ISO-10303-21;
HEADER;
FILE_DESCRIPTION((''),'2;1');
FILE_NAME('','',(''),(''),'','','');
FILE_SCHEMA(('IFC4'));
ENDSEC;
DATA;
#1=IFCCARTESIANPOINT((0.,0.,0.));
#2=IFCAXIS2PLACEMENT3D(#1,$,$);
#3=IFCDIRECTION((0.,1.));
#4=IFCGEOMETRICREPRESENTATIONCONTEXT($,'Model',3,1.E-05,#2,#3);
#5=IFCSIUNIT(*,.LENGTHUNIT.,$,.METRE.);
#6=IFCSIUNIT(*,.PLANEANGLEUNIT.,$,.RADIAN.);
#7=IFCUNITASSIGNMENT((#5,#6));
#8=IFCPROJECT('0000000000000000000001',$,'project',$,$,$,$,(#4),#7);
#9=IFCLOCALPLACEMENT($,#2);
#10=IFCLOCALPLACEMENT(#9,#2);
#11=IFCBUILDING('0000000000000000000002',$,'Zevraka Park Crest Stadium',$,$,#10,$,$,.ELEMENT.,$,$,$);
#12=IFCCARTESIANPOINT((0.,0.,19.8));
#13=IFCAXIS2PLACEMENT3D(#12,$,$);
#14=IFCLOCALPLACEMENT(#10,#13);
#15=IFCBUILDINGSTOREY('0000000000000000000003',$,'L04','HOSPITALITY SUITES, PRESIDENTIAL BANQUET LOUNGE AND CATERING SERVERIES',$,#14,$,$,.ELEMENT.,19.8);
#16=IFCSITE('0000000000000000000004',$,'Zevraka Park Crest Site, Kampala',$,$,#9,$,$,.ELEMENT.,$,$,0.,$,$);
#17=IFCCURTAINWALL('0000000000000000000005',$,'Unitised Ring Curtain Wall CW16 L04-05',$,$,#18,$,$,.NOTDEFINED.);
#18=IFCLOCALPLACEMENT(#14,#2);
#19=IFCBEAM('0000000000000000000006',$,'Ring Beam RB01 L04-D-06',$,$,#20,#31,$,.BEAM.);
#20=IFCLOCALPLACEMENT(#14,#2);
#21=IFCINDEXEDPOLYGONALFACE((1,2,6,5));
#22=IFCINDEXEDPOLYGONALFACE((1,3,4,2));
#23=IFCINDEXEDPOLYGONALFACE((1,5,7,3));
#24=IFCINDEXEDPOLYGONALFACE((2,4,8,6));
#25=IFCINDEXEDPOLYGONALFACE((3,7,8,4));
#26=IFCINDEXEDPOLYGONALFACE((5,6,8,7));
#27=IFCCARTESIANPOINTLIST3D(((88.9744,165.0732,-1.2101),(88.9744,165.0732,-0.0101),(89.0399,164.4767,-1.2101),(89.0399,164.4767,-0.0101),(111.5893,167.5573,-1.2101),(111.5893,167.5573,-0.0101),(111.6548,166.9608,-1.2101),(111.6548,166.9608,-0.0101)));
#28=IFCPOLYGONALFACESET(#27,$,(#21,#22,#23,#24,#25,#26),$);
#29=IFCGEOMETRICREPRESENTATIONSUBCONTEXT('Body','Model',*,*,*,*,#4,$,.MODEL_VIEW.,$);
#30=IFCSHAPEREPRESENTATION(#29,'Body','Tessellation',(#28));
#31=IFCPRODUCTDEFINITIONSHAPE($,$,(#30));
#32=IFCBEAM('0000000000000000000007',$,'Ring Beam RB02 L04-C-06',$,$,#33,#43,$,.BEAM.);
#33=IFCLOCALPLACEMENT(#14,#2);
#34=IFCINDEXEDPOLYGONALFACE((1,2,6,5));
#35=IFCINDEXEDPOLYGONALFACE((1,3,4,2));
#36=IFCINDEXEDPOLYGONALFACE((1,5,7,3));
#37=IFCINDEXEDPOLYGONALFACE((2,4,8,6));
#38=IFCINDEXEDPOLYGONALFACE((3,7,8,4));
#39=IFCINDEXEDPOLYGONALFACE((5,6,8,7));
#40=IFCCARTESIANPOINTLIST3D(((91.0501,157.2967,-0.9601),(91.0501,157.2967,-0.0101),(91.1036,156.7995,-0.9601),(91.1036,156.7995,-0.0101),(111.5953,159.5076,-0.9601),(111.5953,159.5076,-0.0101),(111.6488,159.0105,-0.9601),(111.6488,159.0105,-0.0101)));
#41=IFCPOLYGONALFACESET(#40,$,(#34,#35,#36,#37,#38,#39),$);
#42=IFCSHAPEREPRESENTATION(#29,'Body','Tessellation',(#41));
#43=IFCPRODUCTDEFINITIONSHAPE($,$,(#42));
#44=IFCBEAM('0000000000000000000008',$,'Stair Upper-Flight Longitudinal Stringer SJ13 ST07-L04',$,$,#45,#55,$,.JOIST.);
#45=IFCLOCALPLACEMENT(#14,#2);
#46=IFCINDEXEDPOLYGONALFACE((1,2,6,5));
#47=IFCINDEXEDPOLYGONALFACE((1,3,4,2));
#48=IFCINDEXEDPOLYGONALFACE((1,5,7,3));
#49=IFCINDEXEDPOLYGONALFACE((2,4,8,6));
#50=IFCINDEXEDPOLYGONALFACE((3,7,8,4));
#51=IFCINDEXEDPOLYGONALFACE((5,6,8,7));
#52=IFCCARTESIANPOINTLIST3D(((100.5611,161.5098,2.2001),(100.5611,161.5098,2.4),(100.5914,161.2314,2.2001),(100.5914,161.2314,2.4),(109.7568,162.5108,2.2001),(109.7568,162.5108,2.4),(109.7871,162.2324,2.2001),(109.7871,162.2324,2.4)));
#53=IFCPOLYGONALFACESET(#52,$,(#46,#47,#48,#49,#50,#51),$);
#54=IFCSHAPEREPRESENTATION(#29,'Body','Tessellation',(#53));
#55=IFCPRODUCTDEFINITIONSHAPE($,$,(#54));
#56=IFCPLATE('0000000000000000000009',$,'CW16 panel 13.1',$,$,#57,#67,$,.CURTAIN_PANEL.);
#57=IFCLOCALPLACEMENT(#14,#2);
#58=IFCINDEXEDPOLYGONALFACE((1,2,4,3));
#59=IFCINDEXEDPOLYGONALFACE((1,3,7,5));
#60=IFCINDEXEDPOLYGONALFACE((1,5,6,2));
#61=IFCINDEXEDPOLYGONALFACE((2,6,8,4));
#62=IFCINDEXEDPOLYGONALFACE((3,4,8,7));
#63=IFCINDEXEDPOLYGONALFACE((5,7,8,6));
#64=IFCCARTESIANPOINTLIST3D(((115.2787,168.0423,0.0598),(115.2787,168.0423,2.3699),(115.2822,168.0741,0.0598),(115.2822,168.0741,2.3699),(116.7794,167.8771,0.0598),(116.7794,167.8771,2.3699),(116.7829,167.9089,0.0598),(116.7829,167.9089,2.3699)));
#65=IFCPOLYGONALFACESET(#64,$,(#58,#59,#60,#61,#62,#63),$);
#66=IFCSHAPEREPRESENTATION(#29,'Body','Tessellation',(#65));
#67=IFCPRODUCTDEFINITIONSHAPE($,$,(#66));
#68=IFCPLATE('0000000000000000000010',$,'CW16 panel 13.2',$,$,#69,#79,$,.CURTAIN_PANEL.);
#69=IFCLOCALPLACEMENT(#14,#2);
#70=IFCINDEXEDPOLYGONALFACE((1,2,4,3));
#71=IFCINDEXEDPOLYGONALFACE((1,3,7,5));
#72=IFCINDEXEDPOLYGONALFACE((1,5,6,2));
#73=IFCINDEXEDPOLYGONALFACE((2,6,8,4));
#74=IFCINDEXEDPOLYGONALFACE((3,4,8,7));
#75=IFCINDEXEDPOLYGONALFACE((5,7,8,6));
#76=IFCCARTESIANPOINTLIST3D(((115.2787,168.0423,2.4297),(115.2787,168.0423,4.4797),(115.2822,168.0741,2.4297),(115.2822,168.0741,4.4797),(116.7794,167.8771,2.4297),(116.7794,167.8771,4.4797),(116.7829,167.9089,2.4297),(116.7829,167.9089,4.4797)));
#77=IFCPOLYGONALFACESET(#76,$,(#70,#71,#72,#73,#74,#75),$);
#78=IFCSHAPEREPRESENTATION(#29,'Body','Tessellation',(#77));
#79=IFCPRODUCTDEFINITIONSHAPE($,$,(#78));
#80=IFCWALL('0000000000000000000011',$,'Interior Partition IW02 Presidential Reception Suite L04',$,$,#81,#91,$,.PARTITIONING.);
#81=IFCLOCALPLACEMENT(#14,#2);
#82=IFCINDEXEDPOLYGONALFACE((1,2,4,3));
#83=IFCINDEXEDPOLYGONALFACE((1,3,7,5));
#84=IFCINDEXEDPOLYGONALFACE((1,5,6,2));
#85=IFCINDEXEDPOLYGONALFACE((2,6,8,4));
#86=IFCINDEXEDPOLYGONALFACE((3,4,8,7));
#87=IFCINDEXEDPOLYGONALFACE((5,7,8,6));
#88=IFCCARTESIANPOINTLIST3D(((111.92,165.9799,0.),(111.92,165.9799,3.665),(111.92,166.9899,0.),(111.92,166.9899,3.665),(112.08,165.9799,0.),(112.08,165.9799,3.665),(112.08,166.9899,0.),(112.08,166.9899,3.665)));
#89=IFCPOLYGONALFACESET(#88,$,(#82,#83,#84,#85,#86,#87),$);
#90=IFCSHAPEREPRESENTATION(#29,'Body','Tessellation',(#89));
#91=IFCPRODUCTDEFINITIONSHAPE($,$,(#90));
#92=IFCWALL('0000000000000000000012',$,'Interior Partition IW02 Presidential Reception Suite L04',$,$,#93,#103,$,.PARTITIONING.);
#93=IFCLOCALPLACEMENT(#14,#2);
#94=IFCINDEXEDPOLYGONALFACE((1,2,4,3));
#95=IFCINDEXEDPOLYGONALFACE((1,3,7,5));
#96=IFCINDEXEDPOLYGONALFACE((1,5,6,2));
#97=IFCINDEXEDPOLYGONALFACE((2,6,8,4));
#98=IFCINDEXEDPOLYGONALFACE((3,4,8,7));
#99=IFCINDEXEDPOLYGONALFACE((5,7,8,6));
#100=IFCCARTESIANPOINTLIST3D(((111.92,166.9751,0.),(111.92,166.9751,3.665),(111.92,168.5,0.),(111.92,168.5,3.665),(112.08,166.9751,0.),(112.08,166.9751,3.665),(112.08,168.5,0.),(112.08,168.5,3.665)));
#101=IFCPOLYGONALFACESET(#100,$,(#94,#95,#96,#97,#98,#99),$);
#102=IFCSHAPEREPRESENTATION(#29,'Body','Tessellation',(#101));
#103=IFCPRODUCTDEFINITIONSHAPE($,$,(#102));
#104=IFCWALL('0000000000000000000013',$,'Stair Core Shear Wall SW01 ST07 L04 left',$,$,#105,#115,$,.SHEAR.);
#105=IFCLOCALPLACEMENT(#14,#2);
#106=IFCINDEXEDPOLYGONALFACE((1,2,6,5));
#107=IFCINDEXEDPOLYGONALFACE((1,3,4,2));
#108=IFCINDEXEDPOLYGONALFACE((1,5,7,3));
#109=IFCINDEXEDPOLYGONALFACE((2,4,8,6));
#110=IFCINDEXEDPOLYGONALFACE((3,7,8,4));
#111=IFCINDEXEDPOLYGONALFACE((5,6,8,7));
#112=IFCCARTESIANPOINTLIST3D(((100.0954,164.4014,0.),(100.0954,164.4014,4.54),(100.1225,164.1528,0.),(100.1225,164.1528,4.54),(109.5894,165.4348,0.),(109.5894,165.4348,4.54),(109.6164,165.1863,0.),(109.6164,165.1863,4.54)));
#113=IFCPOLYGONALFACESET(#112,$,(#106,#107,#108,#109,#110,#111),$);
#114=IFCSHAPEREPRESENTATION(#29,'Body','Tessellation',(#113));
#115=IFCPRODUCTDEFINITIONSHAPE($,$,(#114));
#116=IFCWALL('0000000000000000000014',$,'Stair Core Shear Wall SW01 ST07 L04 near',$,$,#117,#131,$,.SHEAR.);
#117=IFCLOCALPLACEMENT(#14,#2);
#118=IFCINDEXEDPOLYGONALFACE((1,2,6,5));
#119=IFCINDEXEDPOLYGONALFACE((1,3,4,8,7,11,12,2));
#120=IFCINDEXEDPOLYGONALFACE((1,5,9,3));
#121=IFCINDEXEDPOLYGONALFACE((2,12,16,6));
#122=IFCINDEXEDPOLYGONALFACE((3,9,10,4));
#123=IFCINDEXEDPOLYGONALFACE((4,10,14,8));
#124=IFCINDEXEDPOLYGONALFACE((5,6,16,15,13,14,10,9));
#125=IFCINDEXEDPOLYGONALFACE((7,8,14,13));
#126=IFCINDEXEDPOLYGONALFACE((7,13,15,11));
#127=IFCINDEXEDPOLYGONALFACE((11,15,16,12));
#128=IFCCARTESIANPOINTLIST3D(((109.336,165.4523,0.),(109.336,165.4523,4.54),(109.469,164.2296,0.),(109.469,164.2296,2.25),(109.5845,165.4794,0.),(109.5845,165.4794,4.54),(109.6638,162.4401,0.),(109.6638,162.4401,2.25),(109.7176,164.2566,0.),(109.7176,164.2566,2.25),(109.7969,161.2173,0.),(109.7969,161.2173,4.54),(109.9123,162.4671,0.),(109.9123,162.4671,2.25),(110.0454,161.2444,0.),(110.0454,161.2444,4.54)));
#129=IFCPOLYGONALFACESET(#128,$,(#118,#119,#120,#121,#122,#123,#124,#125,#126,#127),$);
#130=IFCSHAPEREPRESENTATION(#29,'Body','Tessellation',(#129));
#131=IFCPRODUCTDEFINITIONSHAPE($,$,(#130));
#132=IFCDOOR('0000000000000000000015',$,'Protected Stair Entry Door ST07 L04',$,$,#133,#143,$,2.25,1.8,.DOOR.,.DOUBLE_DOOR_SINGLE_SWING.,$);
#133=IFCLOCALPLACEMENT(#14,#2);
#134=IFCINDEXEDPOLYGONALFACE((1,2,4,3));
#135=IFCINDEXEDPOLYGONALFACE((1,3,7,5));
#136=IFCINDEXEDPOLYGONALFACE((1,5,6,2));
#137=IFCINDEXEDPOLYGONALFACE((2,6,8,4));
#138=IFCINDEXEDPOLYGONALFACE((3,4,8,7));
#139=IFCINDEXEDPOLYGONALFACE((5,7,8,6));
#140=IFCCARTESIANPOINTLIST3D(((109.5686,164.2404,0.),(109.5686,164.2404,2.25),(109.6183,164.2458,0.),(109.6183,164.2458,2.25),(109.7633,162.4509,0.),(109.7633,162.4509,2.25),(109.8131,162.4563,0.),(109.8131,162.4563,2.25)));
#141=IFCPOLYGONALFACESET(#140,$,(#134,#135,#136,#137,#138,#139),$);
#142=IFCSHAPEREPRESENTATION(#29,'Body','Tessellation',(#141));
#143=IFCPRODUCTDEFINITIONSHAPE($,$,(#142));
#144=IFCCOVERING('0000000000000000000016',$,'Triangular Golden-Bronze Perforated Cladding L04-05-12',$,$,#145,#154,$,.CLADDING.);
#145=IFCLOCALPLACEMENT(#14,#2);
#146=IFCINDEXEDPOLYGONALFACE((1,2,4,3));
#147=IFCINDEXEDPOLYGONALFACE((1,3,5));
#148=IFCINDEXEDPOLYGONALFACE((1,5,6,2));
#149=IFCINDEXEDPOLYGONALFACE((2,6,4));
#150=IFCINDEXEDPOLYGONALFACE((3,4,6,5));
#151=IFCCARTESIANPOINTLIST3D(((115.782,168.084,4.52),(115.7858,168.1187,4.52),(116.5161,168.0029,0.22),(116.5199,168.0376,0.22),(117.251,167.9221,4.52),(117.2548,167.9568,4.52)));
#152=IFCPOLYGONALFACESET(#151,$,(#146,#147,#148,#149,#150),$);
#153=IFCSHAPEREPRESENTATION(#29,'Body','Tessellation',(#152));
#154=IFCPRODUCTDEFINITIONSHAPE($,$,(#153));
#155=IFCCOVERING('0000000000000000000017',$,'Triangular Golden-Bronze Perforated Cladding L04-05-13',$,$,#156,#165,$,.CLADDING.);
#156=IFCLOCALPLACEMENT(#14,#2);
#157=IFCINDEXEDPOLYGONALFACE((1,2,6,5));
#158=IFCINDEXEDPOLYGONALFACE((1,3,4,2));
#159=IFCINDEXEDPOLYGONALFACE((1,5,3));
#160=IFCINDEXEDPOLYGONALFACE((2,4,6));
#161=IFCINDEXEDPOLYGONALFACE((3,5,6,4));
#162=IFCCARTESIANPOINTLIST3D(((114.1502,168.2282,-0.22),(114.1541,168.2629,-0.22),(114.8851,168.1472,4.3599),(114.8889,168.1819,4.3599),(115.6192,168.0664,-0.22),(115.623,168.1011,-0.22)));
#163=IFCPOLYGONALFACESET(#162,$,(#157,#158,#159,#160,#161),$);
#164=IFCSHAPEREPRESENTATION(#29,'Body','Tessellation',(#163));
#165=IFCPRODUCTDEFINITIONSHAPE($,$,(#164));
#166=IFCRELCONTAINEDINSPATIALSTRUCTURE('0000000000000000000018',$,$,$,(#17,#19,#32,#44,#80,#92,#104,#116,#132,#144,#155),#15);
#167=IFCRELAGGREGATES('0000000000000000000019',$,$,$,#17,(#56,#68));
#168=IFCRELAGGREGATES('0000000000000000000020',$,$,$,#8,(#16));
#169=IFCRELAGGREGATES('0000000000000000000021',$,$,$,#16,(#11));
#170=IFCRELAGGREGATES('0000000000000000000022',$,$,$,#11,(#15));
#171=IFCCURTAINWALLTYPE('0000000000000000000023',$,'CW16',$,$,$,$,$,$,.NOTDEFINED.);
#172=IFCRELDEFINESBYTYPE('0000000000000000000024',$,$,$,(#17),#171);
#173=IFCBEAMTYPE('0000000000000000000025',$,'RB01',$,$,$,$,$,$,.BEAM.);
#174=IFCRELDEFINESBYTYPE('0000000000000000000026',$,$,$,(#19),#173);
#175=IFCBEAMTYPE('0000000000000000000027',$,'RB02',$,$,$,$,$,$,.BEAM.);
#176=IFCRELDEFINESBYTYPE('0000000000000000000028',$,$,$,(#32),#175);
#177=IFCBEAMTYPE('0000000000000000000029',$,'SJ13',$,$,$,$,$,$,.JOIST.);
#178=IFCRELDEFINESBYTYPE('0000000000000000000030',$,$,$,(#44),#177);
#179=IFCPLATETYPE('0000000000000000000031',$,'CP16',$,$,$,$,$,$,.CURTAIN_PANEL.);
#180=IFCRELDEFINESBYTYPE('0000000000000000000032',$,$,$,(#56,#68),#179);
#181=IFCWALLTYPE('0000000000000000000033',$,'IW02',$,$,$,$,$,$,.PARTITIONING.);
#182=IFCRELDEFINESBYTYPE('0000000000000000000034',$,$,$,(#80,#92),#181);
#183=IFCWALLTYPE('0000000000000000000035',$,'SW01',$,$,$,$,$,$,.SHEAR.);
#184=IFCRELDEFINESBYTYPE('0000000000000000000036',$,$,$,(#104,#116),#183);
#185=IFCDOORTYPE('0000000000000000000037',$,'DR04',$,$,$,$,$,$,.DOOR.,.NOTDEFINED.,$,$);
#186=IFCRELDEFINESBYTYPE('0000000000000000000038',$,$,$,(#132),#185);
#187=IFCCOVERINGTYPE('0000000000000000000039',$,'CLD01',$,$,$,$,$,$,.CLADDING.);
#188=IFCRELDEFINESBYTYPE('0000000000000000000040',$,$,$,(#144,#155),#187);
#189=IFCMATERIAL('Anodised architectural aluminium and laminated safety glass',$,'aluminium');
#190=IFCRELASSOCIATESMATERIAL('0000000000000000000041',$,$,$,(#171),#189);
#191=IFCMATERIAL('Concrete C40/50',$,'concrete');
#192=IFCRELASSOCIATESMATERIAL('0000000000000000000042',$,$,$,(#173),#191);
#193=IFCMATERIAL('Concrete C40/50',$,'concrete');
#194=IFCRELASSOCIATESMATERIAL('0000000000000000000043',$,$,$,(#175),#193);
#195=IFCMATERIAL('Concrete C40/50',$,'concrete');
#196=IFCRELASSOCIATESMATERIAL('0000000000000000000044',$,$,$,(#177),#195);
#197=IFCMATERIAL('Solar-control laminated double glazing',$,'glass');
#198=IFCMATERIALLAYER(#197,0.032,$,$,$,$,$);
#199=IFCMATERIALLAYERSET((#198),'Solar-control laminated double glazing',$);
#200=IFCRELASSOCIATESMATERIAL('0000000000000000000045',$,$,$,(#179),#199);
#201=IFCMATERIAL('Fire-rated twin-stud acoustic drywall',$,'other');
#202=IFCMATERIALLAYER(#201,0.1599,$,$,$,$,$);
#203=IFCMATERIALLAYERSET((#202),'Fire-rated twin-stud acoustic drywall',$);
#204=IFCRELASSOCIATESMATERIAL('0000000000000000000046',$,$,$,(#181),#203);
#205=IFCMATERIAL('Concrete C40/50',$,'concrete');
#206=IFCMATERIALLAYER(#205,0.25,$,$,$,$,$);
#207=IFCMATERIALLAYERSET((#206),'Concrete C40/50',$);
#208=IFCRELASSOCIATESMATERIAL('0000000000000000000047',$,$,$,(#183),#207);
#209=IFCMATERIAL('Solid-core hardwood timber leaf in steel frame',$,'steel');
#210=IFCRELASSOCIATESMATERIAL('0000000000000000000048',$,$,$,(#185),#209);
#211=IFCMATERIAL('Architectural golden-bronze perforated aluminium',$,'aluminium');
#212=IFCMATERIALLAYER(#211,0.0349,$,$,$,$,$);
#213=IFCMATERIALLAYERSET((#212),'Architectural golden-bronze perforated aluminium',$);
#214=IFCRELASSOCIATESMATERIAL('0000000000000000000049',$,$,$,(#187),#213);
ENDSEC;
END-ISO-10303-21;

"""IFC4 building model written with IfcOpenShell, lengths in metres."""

from ifc_helpers import new_model, si_unit, direction, frame, frame_2d, origin, origin_2d, place, context, subcontext, project, spatial, polyline, rectangle, outline, extrude, material, layer, layer_set, material_profile, profile_set, type_object, element, fill, aggregate, save


model = new_model("IFC4")

# Units and contexts
model_context = context("Model", 3, precision=1e-05, world=origin(), true_north=direction((0.0, 1.0)))
body_context = subcontext(model_context, "Body", "Model", "MODEL_VIEW")
ifc_project = project(units=[si_unit("LENGTHUNIT", "METRE"), si_unit("PLANEANGLEUNIT", "RADIAN")], contexts=[model_context])

# Site, building, storey
site_placement = place(None, origin())
site = spatial("IfcSite", under=ifc_project, at=site_placement, Name="Zevraka Park Crest Site, Kampala", CompositionType="ELEMENT", RefElevation=0.0)
building_placement = place(site_placement, origin())
building = spatial("IfcBuilding", under=site, at=building_placement, Name="Zevraka Park Crest Stadium", CompositionType="ELEMENT")
storey_placement = place(building_placement, frame((0.0, 0.0, 19.8)))
storey = spatial("IfcBuildingStorey", under=building, at=storey_placement, Name="L04", Description="HOSPITALITY SUITES, PRESIDENTIAL BANQUET LOUNGE AND CATERING SERVERIES", CompositionType="ELEMENT", Elevation=19.8)

# Curtain wall
ifc_material_1 = material(Name="Anodised architectural aluminium and laminated safety glass", Category="aluminium")
curtain_wall_type = type_object("IfcCurtainWallType", Name="CW16", PredefinedType="NOTDEFINED", material=ifc_material_1)
curtain_wall_placement = place(storey_placement, origin())
curtain_wall = element("IfcCurtainWall", 1, at=curtain_wall_placement, inside=storey, type_object=curtain_wall_type, Name="Unitised Ring Curtain Wall CW16 L04-05", PredefinedType="NOTDEFINED")

# Beams
ifc_material_2 = material(Name="Concrete C40/50", Category="concrete")
ifc_material_profile_1 = material_profile(ifc_material_2, rectangle(XDim=0.6001, YDim=1.2, at=origin_2d()), Name="RC 1200x600")
ifc_profile_set_1 = profile_set([ifc_material_profile_1], Name="Concrete C40/50")
beam_type_1 = type_object("IfcBeamType", Name="RB01", PredefinedType="BEAM", material=ifc_profile_set_1)
beam_1_placement = place(storey_placement, frame((111.6221, 167.259, -0.6101), z_axis=(-0.994021, -0.109188, 0.0), x_axis=(0.109188, -0.994021, 0.0)))
element("IfcBeam", 2, at=beam_1_placement, inside=storey, type_object=beam_type_1, Name="Ring Beam RB01 L04-D-06", PredefinedType="BEAM", context=body_context, shape_type="SweptSolid", body=[
    extrude(rectangle(XDim=0.6001, YDim=1.2, at=origin_2d()), origin(), (0.0, 0.0, 1.0), 22.751),
])
ifc_material_3 = material(Name="Concrete C40/50", Category="concrete")
ifc_material_profile_2 = material_profile(ifc_material_3, rectangle(XDim=0.5, YDim=0.95, at=origin_2d()), Name="RC 950x500")
ifc_profile_set_2 = profile_set([ifc_material_profile_2], Name="Concrete C40/50")
beam_type_2 = type_object("IfcBeamType", Name="RB02", PredefinedType="BEAM", material=ifc_profile_set_2)
beam_2_placement = place(storey_placement, frame((111.6221, 159.259, -0.4851), z_axis=(-0.994259, -0.106996, 0.0), x_axis=(0.106996, -0.994259, 0.0)))
element("IfcBeam", 3, at=beam_2_placement, inside=storey, type_object=beam_type_2, Name="Ring Beam RB02 L04-C-06", PredefinedType="BEAM", context=body_context, shape_type="SweptSolid", body=[
    extrude(rectangle(XDim=0.5, YDim=0.95, at=origin_2d()), origin(), (0.0, 0.0, 1.0), 20.6638),
])
ifc_material_4 = material(Name="Concrete C40/50", Category="concrete")
ifc_material_profile_3 = material_profile(ifc_material_4, rectangle(XDim=0.28, YDim=0.2, at=origin_2d()), Name="RC 200x280")
ifc_profile_set_3 = profile_set([ifc_material_profile_3], Name="Concrete C40/50")
beam_type_3 = type_object("IfcBeamType", Name="SJ13", PredefinedType="JOIST", material=ifc_profile_set_3)
beam_3_placement = place(storey_placement, frame((109.772, 162.3716, 2.3), z_axis=(-0.994128, -0.108212, 0.0), x_axis=(0.108212, -0.994128, 0.0)))
element("IfcBeam", 4, at=beam_3_placement, inside=storey, type_object=beam_type_3, Name="Stair Upper-Flight Longitudinal Stringer SJ13 ST07-L04", PredefinedType="JOIST", context=body_context, shape_type="SweptSolid", body=[
    extrude(rectangle(XDim=0.28, YDim=0.2, at=origin_2d()), origin(), (0.0, 0.0, 1.0), 9.25),
])

# Plates
ifc_material_5 = material(Name="Solar-control laminated double glazing", Category="glass")
ifc_layer_1 = layer(ifc_material_5, 0.032)
ifc_layer_set_1 = layer_set([ifc_layer_1], Name="Solar-control laminated double glazing")
plate_type = type_object("IfcPlateType", Name="CP16", PredefinedType="CURTAIN_PANEL", material=ifc_layer_set_1)
plate_1_placement = place(storey_placement, frame((116.0308, 167.9756, 0.0598), z_axis=(0.0, 0.0, 1.0), x_axis=(-0.993997, 0.109406, 0.0)))
plate_1 = element("IfcPlate", 5, at=plate_1_placement, type_object=plate_type, Name="CW16 panel 13.1", PredefinedType="CURTAIN_PANEL", context=body_context, shape_type="SweptSolid", body=[
    extrude(rectangle(XDim=1.5098, YDim=0.032, at=origin_2d()), origin(), (0.0, 0.0, 1.0), 2.3101),
])
plate_2_placement = place(storey_placement, frame((116.0308, 167.9756, 2.4297), z_axis=(0.0, 0.0, 1.0), x_axis=(-0.993997, 0.109406, 0.0)))
plate_2 = element("IfcPlate", 6, at=plate_2_placement, type_object=plate_type, Name="CW16 panel 13.2", PredefinedType="CURTAIN_PANEL", context=body_context, shape_type="SweptSolid", body=[
    extrude(rectangle(XDim=1.5098, YDim=0.032, at=origin_2d()), origin(), (0.0, 0.0, 1.0), 2.05),
])
aggregate(curtain_wall, [plate_1, plate_2])

# Walls
ifc_material_6 = material(Name="Fire-rated twin-stud acoustic drywall", Category="other")
ifc_layer_2 = layer(ifc_material_6, 0.1599)
ifc_layer_set_2 = layer_set([ifc_layer_2], Name="Fire-rated twin-stud acoustic drywall")
wall_type_1 = type_object("IfcWallType", Name="IW02", PredefinedType="PARTITIONING", material=ifc_layer_set_2)
wall_1_placement = place(storey_placement, frame((112.0, 165.98, 0.0), z_axis=(0.0, 0.0, 1.0), x_axis=(0.0, 1.0, 0.0)))
element("IfcWall", 7, at=wall_1_placement, inside=storey, type_object=wall_type_1, Name="Interior Partition IW02 Presidential Reception Suite L04", PredefinedType="PARTITIONING", context=body_context, shape_type="SweptSolid", body=[
    extrude(rectangle(XDim=1.01, YDim=0.1599, at=frame_2d((0.5049, 0.0))), origin(), (0.0, 0.0, 1.0), 3.665),
])
wall_2_placement = place(storey_placement, frame((112.0, 166.9751, 0.0), z_axis=(0.0, 0.0, 1.0), x_axis=(0.0, 1.0, 0.0)))
element("IfcWall", 8, at=wall_2_placement, inside=storey, type_object=wall_type_1, Name="Interior Partition IW02 Presidential Reception Suite L04", PredefinedType="PARTITIONING", context=body_context, shape_type="SweptSolid", body=[
    extrude(rectangle(XDim=1.5249, YDim=0.1599, at=frame_2d((0.7625, 0.0))), origin(), (0.0, 0.0, 1.0), 3.665),
])
ifc_material_7 = material(Name="Concrete C40/50", Category="concrete")
ifc_layer_3 = layer(ifc_material_7, 0.25)
ifc_layer_set_3 = layer_set([ifc_layer_3], Name="Concrete C40/50")
wall_type_2 = type_object("IfcWallType", Name="SW01", PredefinedType="SHEAR", material=ifc_layer_set_3)
wall_3_placement = place(storey_placement, frame((109.6028, 165.3105, 0.0), z_axis=(0.0, 0.0, 1.0), x_axis=(-0.994128, -0.108215, 0.0)))
element("IfcWall", 9, at=wall_3_placement, inside=storey, type_object=wall_type_2, Name="Stair Core Shear Wall SW01 ST07 L04 left", PredefinedType="SHEAR", context=body_context, shape_type="SweptSolid", body=[
    extrude(rectangle(XDim=9.55, YDim=0.25, at=frame_2d((4.7749, 0.0))), origin(), (0.0, 0.0, 1.0), 4.54),
])

# Wall, opening, door
wall_4_placement = place(storey_placement, frame((109.9211, 161.231, 0.0), z_axis=(0.0, 0.0, 1.0), x_axis=(-0.108198, 0.994129, 0.0)))
wall_4 = element("IfcWall", 10, at=wall_4_placement, inside=storey, type_object=wall_type_2, Name="Stair Core Shear Wall SW01 ST07 L04 near", PredefinedType="SHEAR", context=body_context, shape_type="SweptSolid", body=[
    extrude(rectangle(XDim=4.26, YDim=0.25, at=frame_2d((2.1299, 0.0))), origin(), (0.0, 0.0, 1.0), 4.54),
])
opening_placement = place(wall_4_placement, frame((1.23, 0.0, 0.0)))
opening = element("IfcOpeningElement", 11, at=opening_placement, cuts=wall_4, PredefinedType="OPENING", context=body_context, shape_type="SweptSolid", body=[
    extrude(rectangle(XDim=1.8, YDim=2.25, at=frame_2d((0.8999, 1.125))), frame((0.0, 0.135, 0.0), z_axis=(0.0, -1.0, 0.0), x_axis=(1.0, 0.0, 0.0)), (0.0, 0.0, 1.0), 0.27),
])
ifc_material_8 = material(Name="Solid-core hardwood timber leaf in steel frame", Category="steel")
door_type = type_object("IfcDoorType", Name="DR04", OperationType="NOTDEFINED", PredefinedType="DOOR", material=ifc_material_8)
door_placement = place(opening_placement, origin())
door = element("IfcDoor", 12, at=door_placement, inside=storey, type_object=door_type, Name="Protected Stair Entry Door ST07 L04", OperationType="DOUBLE_DOOR_SINGLE_SWING", OverallHeight=2.25, OverallWidth=1.8, PredefinedType="DOOR", context=body_context, shape_type="SweptSolid", body=[
    extrude(rectangle(XDim=1.8, YDim=2.25, at=frame_2d((0.8999, 1.125))), frame((0.0, 0.0249, 0.0), z_axis=(0.0, -1.0, 0.0), x_axis=(1.0, 0.0, 0.0)), (0.0, 0.0, 1.0), 0.05),
])
fill(opening, door)

# Coverings
ifc_material_9 = material(Name="Architectural golden-bronze perforated aluminium", Category="aluminium")
ifc_layer_4 = layer(ifc_material_9, 0.0349)
ifc_layer_set_4 = layer_set([ifc_layer_4], Name="Architectural golden-bronze perforated aluminium")
covering_type = type_object("IfcCoveringType", Name="CLD01", PredefinedType="CLADDING", material=ifc_layer_set_4)
covering_1_placement = place(storey_placement, frame((115.782, 168.084, 4.52), z_axis=(-0.109525, -0.993984, 0.000038), x_axis=(0.993984, -0.109525, 0.0)))
element("IfcCovering", 13, at=covering_1_placement, inside=storey, type_object=covering_type, Name="Triangular Golden-Bronze Perforated Cladding L04-05-12", PredefinedType="CLADDING", context=body_context, shape_type="SweptSolid", body=[
    extrude(outline(polyline([(0.0, 0.0), (1.4779, 0.0), (0.7386, -4.3), (0.0, 0.0)])), origin(), (0.0, 0.0, -1.0), 0.0349),
])
covering_2_placement = place(storey_placement, frame((115.623, 168.1011, -0.22), z_axis=(0.109525, 0.993984, 0.000018), x_axis=(-0.993984, 0.109525, 0.0)))
element("IfcCovering", 14, at=covering_2_placement, inside=storey, type_object=covering_type, Name="Triangular Golden-Bronze Perforated Cladding L04-05-13", PredefinedType="CLADDING", context=body_context, shape_type="SweptSolid", body=[
    extrude(outline(polyline([(0.0, 0.0), (1.4779, 0.0), (0.7386, 4.5798), (0.0, 0.0)])), origin(), (0.0, 0.0, -1.0), 0.0349),
])

save(model, "model.ifc")
